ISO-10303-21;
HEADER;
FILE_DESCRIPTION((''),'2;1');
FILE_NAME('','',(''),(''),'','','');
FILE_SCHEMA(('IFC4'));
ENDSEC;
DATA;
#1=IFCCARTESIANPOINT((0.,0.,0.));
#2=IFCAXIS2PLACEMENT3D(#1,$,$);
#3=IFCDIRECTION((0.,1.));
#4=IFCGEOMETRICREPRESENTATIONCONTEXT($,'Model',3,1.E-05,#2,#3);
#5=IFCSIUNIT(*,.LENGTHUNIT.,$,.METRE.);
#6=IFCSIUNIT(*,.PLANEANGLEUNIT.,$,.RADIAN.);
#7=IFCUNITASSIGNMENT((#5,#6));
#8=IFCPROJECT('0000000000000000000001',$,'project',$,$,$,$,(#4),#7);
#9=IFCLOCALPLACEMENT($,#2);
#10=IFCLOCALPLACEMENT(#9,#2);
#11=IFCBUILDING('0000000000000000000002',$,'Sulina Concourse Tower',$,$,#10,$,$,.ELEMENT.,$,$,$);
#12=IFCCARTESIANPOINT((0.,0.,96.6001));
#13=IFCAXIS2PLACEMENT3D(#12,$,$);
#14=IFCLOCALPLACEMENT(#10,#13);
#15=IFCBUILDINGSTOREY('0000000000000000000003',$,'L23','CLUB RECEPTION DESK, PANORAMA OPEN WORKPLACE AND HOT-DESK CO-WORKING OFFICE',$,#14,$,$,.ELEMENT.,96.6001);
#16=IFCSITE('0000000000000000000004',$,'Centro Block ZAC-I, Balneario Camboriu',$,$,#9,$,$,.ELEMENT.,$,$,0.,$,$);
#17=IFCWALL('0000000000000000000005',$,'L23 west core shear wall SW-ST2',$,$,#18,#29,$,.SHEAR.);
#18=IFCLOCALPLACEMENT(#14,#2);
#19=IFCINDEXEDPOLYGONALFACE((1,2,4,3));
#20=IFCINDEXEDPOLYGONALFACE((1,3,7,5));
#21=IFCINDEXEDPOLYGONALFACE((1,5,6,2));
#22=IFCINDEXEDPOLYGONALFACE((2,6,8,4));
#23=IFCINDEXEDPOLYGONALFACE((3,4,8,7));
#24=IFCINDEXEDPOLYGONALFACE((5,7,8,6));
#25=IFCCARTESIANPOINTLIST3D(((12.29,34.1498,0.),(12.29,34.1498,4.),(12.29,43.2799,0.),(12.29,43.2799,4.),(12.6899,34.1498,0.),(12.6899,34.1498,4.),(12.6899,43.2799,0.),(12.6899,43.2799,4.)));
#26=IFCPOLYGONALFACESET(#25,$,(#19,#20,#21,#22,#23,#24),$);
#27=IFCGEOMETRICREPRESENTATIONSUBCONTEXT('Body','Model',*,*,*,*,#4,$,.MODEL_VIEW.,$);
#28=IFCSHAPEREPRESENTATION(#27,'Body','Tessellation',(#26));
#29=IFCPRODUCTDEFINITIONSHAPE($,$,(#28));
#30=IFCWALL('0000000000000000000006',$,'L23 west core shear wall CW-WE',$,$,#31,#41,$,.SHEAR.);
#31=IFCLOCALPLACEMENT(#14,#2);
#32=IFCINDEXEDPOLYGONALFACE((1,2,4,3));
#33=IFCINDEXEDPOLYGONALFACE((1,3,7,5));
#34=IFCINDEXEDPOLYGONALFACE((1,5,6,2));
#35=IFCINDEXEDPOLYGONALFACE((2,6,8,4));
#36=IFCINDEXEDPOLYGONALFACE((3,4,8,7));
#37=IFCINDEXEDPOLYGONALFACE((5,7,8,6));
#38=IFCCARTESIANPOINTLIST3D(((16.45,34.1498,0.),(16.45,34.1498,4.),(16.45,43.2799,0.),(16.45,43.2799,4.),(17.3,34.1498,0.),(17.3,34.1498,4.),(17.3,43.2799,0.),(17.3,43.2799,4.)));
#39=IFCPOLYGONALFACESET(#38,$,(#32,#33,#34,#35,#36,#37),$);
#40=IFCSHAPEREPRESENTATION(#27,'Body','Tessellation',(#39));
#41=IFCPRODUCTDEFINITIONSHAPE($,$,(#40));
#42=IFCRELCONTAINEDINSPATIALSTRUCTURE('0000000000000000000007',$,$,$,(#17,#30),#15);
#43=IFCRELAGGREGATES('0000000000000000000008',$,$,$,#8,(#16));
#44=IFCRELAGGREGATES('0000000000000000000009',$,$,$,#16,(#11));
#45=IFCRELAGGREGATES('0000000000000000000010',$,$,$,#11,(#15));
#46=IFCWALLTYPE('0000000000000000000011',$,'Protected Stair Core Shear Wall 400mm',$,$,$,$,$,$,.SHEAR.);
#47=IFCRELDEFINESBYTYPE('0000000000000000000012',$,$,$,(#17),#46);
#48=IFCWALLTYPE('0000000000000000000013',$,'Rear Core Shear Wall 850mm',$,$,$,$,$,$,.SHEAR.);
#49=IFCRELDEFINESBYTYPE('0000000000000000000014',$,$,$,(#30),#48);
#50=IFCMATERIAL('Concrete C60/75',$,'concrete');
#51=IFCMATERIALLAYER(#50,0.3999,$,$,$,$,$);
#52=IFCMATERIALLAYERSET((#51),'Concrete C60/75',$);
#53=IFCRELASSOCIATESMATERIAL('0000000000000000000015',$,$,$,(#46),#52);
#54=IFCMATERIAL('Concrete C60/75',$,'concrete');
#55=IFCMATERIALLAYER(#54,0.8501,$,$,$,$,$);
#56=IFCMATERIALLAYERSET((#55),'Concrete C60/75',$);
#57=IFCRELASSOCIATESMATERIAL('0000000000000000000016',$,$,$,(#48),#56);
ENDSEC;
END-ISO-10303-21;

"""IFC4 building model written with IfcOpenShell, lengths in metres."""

from ifc_helpers import new_model, si_unit, direction, frame, frame_2d, origin, place, context, subcontext, project, spatial, rectangle, extrude, material, layer, layer_set, type_object, element, save


model = new_model("IFC4")

# Units and contexts
model_context = context("Model", 3, precision=1e-05, world=origin(), true_north=direction((0.0, 1.0)))
body_context = subcontext(model_context, "Body", "Model", "MODEL_VIEW")
ifc_project = project(units=[si_unit("LENGTHUNIT", "METRE"), si_unit("PLANEANGLEUNIT", "RADIAN")], contexts=[model_context])

# Site, building, storey
site_placement = place(None, origin())
site = spatial("IfcSite", under=ifc_project, at=site_placement, Name="Centro Block ZAC-I, Balneario Camboriu", CompositionType="ELEMENT", RefElevation=0.0)
building_placement = place(site_placement, origin())
building = spatial("IfcBuilding", under=site, at=building_placement, Name="Sulina Concourse Tower", CompositionType="ELEMENT")
storey_placement = place(building_placement, frame((0.0, 0.0, 96.6001)))
storey = spatial("IfcBuildingStorey", under=building, at=storey_placement, Name="L23", Description="CLUB RECEPTION DESK, PANORAMA OPEN WORKPLACE AND HOT-DESK CO-WORKING OFFICE", CompositionType="ELEMENT", Elevation=96.6001)

# Shared definitions
ifc_material_1 = material(Name="Concrete C60/75", Category="concrete")
ifc_layer_1 = layer(ifc_material_1, 0.3999)
ifc_layer_set_1 = layer_set([ifc_layer_1], Name="Concrete C60/75")
wall_type_1 = type_object("IfcWallType", Name="Protected Stair Core Shear Wall 400mm", PredefinedType="SHEAR", material=ifc_layer_set_1)

# Walls
wall_1_placement = place(storey_placement, frame((12.49, 34.1499, 0.0), z_axis=(0.0, 0.0, 1.0), x_axis=(0.0, 1.0, 0.0)))
element("IfcWall", 1, at=wall_1_placement, inside=storey, type_object=wall_type_1, Name="L23 west core shear wall SW-ST2", PredefinedType="SHEAR", context=body_context, shape_type="SweptSolid", body=[
    extrude(rectangle(XDim=9.1301, YDim=0.3999, at=frame_2d((4.5649, 0.0))), origin(), (0.0, 0.0, 1.0), 4.0),
])
ifc_material_2 = material(Name="Concrete C60/75", Category="concrete")
ifc_layer_2 = layer(ifc_material_2, 0.8501)
ifc_layer_set_2 = layer_set([ifc_layer_2], Name="Concrete C60/75")
wall_type_2 = type_object("IfcWallType", Name="Rear Core Shear Wall 850mm", PredefinedType="SHEAR", material=ifc_layer_set_2)
wall_2_placement = place(storey_placement, frame((16.875, 34.1499, 0.0), z_axis=(0.0, 0.0, 1.0), x_axis=(0.0, 1.0, 0.0)))
element("IfcWall", 2, at=wall_2_placement, inside=storey, type_object=wall_type_2, Name="L23 west core shear wall CW-WE", PredefinedType="SHEAR", context=body_context, shape_type="SweptSolid", body=[
    extrude(rectangle(XDim=9.1301, YDim=0.8501, at=frame_2d((4.5649, 0.0))), origin(), (0.0, 0.0, 1.0), 4.0),
])

save(model, "model.ifc")
